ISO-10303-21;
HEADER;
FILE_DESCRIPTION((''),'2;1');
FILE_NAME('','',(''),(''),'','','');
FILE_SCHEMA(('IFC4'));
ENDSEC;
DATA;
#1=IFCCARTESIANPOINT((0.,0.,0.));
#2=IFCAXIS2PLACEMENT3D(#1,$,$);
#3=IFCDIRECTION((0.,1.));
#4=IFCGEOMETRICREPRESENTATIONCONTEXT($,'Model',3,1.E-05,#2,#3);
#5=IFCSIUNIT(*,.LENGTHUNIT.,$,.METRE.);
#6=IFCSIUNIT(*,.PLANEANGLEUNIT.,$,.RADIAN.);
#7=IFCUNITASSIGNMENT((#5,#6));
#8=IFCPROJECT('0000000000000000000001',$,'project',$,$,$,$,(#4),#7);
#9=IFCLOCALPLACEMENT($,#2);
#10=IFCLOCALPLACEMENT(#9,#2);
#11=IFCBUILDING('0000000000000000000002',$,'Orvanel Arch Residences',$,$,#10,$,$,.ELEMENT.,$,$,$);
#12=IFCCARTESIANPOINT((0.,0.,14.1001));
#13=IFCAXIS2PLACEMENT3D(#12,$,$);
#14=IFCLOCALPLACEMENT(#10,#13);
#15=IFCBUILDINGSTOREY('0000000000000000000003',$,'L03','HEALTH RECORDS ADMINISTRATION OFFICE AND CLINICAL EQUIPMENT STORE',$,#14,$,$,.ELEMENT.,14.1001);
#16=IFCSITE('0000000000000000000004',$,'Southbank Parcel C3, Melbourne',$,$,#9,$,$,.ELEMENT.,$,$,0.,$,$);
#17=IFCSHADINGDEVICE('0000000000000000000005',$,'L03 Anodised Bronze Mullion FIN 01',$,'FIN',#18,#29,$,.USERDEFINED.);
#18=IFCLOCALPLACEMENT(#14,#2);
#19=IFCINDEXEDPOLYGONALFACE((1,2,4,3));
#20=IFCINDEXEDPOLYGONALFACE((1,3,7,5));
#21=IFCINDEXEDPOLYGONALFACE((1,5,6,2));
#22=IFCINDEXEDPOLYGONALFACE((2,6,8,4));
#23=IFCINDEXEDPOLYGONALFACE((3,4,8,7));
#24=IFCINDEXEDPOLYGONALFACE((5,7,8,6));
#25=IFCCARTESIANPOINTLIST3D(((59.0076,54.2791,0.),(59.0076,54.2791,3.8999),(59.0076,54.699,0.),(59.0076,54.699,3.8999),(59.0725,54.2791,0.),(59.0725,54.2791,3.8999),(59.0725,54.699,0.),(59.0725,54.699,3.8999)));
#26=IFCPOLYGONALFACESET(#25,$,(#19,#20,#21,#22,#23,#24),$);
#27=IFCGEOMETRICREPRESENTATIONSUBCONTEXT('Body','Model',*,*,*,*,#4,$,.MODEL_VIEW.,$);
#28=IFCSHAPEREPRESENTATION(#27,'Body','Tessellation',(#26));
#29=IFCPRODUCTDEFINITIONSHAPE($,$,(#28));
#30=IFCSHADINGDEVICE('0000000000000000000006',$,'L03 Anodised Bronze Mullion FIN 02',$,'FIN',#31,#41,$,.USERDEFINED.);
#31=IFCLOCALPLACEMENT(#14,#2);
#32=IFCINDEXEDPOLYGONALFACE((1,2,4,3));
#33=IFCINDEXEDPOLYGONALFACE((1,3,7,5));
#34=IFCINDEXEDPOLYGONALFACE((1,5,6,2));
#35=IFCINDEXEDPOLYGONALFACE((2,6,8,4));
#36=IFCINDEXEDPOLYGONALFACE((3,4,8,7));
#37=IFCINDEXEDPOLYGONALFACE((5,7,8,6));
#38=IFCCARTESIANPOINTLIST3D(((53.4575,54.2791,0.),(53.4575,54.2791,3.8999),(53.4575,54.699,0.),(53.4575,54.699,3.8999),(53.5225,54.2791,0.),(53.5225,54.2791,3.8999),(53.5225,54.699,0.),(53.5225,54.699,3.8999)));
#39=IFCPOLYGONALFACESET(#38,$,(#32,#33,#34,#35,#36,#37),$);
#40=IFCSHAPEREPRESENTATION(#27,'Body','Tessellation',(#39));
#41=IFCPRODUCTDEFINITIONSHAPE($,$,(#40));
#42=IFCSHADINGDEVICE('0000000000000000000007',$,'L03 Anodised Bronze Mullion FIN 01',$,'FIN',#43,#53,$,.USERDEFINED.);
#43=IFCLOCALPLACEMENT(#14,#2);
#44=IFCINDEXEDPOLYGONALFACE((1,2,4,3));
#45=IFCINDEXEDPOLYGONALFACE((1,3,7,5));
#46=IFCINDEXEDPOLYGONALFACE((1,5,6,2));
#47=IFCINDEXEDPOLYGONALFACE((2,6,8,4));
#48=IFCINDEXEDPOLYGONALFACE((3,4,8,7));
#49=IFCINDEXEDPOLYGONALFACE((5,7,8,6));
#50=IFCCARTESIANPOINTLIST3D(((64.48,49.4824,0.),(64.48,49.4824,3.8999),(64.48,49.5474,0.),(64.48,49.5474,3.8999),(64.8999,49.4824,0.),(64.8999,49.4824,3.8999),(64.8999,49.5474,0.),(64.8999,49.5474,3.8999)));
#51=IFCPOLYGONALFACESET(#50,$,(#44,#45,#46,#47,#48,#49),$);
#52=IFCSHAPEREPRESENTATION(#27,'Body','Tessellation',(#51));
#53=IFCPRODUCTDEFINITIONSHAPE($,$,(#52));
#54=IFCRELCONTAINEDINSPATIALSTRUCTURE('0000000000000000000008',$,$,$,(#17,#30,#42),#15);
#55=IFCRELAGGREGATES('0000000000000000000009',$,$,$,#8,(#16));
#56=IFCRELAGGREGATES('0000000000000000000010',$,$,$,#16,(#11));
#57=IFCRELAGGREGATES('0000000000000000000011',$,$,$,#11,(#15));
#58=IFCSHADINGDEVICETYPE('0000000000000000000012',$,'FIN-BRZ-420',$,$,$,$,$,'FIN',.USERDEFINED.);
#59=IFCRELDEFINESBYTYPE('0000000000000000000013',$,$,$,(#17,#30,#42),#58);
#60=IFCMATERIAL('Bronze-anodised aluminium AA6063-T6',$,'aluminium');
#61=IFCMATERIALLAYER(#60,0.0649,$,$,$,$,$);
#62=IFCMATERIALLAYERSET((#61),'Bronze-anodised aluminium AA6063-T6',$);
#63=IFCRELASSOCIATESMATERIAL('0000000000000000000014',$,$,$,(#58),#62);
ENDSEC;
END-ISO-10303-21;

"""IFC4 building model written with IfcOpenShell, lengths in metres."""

from ifc_helpers import new_model, si_unit, direction, frame, origin, origin_2d, place, context, subcontext, project, spatial, rectangle, extrude, material, layer, layer_set, type_object, element, save


model = new_model("IFC4")

# Units and contexts
model_context = context("Model", 3, precision=1e-05, world=origin(), true_north=direction((0.0, 1.0)))
body_context = subcontext(model_context, "Body", "Model", "MODEL_VIEW")
ifc_project = project(units=[si_unit("LENGTHUNIT", "METRE"), si_unit("PLANEANGLEUNIT", "RADIAN")], contexts=[model_context])

# Site, building, storey
site_placement = place(None, origin())
site = spatial("IfcSite", under=ifc_project, at=site_placement, Name="Southbank Parcel C3, Melbourne", CompositionType="ELEMENT", RefElevation=0.0)
building_placement = place(site_placement, origin())
building = spatial("IfcBuilding", under=site, at=building_placement, Name="Orvanel Arch Residences", CompositionType="ELEMENT")
storey_placement = place(building_placement, frame((0.0, 0.0, 14.1001)))
storey = spatial("IfcBuildingStorey", under=building, at=storey_placement, Name="L03", Description="HEALTH RECORDS ADMINISTRATION OFFICE AND CLINICAL EQUIPMENT STORE", CompositionType="ELEMENT", Elevation=14.1001)

# Shared definitions
ifc_material_1 = material(Name="Bronze-anodised aluminium AA6063-T6", Category="aluminium")

# Shading devices
ifc_layer_1 = layer(ifc_material_1, 0.0649)
ifc_layer_set_1 = layer_set([ifc_layer_1], Name="Bronze-anodised aluminium AA6063-T6")
shading_device_type = type_object("IfcShadingDeviceType", Name="FIN-BRZ-420", ElementType="FIN", PredefinedType="USERDEFINED", material=ifc_layer_set_1)
for number, where, z_axis, x_axis, name in (
    (1, (59.04, 54.489, 0.0), (0.0, 0.0, 1.0), (0.0, 1.0, 0.0), "L03 Anodised Bronze Mullion FIN 01"),
    (2, (53.49, 54.489, 0.0), (0.0, 0.0, 1.0), (0.0, 1.0, 0.0), "L03 Anodised Bronze Mullion FIN 02"),
    (3, (64.6899, 49.5149, 0.0), (0.0, 0.0, 1.0), (1.0, 0.0, 0.0), "L03 Anodised Bronze Mullion FIN 01"),
):
    element("IfcShadingDevice", number, at=place(storey_placement, frame(where, z_axis=z_axis, x_axis=x_axis)), inside=storey, type_object=shading_device_type, Name=name, ObjectType="FIN", PredefinedType="USERDEFINED", context=body_context, shape_type="SweptSolid", body=[
        extrude(rectangle(XDim=0.4199, YDim=0.0649, at=origin_2d()), origin(), (0.0, 0.0, 1.0), 3.8999),
    ])

save(model, "model.ifc")
